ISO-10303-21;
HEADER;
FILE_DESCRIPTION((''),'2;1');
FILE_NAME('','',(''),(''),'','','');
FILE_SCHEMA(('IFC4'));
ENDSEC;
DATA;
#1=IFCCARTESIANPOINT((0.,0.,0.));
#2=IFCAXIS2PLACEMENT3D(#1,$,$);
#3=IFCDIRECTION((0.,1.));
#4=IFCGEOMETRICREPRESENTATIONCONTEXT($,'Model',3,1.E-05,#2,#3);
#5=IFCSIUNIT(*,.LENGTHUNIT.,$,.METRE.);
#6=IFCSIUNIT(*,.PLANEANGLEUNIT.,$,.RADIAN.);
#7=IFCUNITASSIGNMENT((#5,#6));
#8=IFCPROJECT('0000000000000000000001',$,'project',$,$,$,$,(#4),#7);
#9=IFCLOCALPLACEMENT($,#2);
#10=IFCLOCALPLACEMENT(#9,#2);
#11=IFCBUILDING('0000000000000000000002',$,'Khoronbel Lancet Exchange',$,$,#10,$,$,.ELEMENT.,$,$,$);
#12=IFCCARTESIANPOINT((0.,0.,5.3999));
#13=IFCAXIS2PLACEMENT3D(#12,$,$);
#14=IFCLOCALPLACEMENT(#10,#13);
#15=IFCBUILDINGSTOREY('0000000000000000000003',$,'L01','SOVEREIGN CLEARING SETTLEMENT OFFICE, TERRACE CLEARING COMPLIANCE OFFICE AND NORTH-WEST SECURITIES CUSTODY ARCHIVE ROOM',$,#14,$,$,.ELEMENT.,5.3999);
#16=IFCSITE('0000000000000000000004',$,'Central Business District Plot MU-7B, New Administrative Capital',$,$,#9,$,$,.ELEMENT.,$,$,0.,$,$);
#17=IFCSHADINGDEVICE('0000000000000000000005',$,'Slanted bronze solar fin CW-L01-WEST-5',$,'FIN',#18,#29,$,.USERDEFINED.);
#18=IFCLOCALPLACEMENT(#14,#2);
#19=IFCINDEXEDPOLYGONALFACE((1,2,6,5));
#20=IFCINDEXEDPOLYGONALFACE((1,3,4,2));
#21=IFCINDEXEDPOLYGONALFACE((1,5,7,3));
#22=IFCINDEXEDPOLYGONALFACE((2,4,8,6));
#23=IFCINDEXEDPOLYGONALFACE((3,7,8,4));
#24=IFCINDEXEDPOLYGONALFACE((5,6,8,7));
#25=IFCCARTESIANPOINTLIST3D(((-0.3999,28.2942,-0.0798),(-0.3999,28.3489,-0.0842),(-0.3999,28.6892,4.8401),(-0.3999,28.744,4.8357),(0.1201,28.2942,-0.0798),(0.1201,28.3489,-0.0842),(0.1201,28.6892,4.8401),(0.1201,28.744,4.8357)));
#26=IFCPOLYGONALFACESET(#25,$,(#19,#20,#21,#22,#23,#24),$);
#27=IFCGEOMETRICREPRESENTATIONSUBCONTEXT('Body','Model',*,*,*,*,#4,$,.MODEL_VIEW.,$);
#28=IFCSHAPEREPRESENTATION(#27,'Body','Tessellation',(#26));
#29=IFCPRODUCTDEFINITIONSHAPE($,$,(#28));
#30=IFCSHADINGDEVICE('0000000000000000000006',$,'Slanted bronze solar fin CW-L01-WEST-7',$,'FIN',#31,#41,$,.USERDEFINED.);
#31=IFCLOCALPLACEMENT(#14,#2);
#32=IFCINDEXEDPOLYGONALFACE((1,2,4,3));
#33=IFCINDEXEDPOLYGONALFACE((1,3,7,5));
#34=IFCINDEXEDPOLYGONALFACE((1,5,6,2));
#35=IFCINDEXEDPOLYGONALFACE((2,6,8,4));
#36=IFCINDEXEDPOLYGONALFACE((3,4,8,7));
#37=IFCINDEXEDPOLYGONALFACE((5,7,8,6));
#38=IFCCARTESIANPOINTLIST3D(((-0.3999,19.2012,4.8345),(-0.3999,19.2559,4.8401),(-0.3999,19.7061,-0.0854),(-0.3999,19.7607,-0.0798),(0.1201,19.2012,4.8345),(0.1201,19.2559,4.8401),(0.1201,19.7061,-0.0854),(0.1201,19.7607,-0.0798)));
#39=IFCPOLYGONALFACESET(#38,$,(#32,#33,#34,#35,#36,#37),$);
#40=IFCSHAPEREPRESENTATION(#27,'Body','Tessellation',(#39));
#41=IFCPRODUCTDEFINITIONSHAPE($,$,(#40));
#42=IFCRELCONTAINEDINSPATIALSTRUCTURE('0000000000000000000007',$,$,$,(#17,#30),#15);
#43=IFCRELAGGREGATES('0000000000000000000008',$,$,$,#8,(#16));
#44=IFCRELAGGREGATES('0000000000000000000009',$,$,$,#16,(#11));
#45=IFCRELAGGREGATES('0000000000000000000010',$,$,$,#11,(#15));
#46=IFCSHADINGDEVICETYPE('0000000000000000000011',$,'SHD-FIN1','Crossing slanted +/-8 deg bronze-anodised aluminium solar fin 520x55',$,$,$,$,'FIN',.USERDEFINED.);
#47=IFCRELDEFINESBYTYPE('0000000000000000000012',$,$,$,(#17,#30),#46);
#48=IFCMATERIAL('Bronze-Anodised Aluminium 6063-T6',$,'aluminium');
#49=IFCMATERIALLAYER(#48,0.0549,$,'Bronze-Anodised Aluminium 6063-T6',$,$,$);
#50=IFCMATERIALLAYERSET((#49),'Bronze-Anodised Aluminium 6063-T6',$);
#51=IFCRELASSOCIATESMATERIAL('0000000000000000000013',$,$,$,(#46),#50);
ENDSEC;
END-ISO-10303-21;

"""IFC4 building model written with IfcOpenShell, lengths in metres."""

from ifc_helpers import new_model, si_unit, direction, frame, origin, place, context, subcontext, project, spatial, polyline, outline, extrude, material, layer, layer_set, type_object, element, save


model = new_model("IFC4")

# Units and contexts
model_context = context("Model", 3, precision=1e-05, world=origin(), true_north=direction((0.0, 1.0)))
body_context = subcontext(model_context, "Body", "Model", "MODEL_VIEW")
ifc_project = project(units=[si_unit("LENGTHUNIT", "METRE"), si_unit("PLANEANGLEUNIT", "RADIAN")], contexts=[model_context])

# Site, building, storey
site_placement = place(None, origin())
site = spatial("IfcSite", under=ifc_project, at=site_placement, Name="Central Business District Plot MU-7B, New Administrative Capital", CompositionType="ELEMENT", RefElevation=0.0)
building_placement = place(site_placement, origin())
building = spatial("IfcBuilding", under=site, at=building_placement, Name="Khoronbel Lancet Exchange", CompositionType="ELEMENT")
storey_placement = place(building_placement, frame((0.0, 0.0, 5.3999)))
storey = spatial("IfcBuildingStorey", under=building, at=storey_placement, Name="L01", Description="SOVEREIGN CLEARING SETTLEMENT OFFICE, TERRACE CLEARING COMPLIANCE OFFICE AND NORTH-WEST SECURITIES CUSTODY ARCHIVE ROOM", CompositionType="ELEMENT", Elevation=5.3999)

# Shared definitions
ifc_material_1 = material(Name="Bronze-Anodised Aluminium 6063-T6", Category="aluminium")

# Shading devices
ifc_layer_1 = layer(ifc_material_1, 0.0549, Name="Bronze-Anodised Aluminium 6063-T6")
ifc_layer_set_1 = layer_set([ifc_layer_1], Name="Bronze-Anodised Aluminium 6063-T6")
shading_device_type = type_object("IfcShadingDeviceType", Name="SHD-FIN1", Description="Crossing slanted +/-8 deg bronze-anodised aluminium solar fin 520x55", ElementType="FIN", PredefinedType="USERDEFINED", material=ifc_layer_set_1)
shading_device_1_placement = place(storey_placement, frame((0.1201, 28.2942, -0.0798), z_axis=(0.0, -0.996792, 0.080032), x_axis=(-1.0, 0.0, 0.0)))
element("IfcShadingDevice", 1, at=shading_device_1_placement, inside=storey, type_object=shading_device_type, Name="Slanted bronze solar fin CW-L01-WEST-5", ObjectType="FIN", PredefinedType="USERDEFINED", context=body_context, shape_type="SweptSolid", body=[
    extrude(outline(polyline([(0.0, 0.0), (0.52, 0.0), (0.52, -4.9358), (0.0, -4.9358), (0.0, 0.0)])), origin(), (0.0, 0.0, -1.0), 0.0549),
])
shading_device_2_placement = place(storey_placement, frame((0.1201, 19.7607, -0.0798), z_axis=(0.0, 0.994776, 0.102084), x_axis=(-1.0, 0.0, 0.0)))
element("IfcShadingDevice", 2, at=shading_device_2_placement, inside=storey, type_object=shading_device_type, Name="Slanted bronze solar fin CW-L01-WEST-7", ObjectType="FIN", PredefinedType="USERDEFINED", context=body_context, shape_type="SweptSolid", body=[
    extrude(outline(polyline([(0.0, 0.0), (0.52, 0.0), (0.52, 4.9458), (0.0, 4.9458), (0.0, 0.0)])), origin(), (0.0, 0.0, -1.0), 0.0549),
])

save(model, "model.ifc")
